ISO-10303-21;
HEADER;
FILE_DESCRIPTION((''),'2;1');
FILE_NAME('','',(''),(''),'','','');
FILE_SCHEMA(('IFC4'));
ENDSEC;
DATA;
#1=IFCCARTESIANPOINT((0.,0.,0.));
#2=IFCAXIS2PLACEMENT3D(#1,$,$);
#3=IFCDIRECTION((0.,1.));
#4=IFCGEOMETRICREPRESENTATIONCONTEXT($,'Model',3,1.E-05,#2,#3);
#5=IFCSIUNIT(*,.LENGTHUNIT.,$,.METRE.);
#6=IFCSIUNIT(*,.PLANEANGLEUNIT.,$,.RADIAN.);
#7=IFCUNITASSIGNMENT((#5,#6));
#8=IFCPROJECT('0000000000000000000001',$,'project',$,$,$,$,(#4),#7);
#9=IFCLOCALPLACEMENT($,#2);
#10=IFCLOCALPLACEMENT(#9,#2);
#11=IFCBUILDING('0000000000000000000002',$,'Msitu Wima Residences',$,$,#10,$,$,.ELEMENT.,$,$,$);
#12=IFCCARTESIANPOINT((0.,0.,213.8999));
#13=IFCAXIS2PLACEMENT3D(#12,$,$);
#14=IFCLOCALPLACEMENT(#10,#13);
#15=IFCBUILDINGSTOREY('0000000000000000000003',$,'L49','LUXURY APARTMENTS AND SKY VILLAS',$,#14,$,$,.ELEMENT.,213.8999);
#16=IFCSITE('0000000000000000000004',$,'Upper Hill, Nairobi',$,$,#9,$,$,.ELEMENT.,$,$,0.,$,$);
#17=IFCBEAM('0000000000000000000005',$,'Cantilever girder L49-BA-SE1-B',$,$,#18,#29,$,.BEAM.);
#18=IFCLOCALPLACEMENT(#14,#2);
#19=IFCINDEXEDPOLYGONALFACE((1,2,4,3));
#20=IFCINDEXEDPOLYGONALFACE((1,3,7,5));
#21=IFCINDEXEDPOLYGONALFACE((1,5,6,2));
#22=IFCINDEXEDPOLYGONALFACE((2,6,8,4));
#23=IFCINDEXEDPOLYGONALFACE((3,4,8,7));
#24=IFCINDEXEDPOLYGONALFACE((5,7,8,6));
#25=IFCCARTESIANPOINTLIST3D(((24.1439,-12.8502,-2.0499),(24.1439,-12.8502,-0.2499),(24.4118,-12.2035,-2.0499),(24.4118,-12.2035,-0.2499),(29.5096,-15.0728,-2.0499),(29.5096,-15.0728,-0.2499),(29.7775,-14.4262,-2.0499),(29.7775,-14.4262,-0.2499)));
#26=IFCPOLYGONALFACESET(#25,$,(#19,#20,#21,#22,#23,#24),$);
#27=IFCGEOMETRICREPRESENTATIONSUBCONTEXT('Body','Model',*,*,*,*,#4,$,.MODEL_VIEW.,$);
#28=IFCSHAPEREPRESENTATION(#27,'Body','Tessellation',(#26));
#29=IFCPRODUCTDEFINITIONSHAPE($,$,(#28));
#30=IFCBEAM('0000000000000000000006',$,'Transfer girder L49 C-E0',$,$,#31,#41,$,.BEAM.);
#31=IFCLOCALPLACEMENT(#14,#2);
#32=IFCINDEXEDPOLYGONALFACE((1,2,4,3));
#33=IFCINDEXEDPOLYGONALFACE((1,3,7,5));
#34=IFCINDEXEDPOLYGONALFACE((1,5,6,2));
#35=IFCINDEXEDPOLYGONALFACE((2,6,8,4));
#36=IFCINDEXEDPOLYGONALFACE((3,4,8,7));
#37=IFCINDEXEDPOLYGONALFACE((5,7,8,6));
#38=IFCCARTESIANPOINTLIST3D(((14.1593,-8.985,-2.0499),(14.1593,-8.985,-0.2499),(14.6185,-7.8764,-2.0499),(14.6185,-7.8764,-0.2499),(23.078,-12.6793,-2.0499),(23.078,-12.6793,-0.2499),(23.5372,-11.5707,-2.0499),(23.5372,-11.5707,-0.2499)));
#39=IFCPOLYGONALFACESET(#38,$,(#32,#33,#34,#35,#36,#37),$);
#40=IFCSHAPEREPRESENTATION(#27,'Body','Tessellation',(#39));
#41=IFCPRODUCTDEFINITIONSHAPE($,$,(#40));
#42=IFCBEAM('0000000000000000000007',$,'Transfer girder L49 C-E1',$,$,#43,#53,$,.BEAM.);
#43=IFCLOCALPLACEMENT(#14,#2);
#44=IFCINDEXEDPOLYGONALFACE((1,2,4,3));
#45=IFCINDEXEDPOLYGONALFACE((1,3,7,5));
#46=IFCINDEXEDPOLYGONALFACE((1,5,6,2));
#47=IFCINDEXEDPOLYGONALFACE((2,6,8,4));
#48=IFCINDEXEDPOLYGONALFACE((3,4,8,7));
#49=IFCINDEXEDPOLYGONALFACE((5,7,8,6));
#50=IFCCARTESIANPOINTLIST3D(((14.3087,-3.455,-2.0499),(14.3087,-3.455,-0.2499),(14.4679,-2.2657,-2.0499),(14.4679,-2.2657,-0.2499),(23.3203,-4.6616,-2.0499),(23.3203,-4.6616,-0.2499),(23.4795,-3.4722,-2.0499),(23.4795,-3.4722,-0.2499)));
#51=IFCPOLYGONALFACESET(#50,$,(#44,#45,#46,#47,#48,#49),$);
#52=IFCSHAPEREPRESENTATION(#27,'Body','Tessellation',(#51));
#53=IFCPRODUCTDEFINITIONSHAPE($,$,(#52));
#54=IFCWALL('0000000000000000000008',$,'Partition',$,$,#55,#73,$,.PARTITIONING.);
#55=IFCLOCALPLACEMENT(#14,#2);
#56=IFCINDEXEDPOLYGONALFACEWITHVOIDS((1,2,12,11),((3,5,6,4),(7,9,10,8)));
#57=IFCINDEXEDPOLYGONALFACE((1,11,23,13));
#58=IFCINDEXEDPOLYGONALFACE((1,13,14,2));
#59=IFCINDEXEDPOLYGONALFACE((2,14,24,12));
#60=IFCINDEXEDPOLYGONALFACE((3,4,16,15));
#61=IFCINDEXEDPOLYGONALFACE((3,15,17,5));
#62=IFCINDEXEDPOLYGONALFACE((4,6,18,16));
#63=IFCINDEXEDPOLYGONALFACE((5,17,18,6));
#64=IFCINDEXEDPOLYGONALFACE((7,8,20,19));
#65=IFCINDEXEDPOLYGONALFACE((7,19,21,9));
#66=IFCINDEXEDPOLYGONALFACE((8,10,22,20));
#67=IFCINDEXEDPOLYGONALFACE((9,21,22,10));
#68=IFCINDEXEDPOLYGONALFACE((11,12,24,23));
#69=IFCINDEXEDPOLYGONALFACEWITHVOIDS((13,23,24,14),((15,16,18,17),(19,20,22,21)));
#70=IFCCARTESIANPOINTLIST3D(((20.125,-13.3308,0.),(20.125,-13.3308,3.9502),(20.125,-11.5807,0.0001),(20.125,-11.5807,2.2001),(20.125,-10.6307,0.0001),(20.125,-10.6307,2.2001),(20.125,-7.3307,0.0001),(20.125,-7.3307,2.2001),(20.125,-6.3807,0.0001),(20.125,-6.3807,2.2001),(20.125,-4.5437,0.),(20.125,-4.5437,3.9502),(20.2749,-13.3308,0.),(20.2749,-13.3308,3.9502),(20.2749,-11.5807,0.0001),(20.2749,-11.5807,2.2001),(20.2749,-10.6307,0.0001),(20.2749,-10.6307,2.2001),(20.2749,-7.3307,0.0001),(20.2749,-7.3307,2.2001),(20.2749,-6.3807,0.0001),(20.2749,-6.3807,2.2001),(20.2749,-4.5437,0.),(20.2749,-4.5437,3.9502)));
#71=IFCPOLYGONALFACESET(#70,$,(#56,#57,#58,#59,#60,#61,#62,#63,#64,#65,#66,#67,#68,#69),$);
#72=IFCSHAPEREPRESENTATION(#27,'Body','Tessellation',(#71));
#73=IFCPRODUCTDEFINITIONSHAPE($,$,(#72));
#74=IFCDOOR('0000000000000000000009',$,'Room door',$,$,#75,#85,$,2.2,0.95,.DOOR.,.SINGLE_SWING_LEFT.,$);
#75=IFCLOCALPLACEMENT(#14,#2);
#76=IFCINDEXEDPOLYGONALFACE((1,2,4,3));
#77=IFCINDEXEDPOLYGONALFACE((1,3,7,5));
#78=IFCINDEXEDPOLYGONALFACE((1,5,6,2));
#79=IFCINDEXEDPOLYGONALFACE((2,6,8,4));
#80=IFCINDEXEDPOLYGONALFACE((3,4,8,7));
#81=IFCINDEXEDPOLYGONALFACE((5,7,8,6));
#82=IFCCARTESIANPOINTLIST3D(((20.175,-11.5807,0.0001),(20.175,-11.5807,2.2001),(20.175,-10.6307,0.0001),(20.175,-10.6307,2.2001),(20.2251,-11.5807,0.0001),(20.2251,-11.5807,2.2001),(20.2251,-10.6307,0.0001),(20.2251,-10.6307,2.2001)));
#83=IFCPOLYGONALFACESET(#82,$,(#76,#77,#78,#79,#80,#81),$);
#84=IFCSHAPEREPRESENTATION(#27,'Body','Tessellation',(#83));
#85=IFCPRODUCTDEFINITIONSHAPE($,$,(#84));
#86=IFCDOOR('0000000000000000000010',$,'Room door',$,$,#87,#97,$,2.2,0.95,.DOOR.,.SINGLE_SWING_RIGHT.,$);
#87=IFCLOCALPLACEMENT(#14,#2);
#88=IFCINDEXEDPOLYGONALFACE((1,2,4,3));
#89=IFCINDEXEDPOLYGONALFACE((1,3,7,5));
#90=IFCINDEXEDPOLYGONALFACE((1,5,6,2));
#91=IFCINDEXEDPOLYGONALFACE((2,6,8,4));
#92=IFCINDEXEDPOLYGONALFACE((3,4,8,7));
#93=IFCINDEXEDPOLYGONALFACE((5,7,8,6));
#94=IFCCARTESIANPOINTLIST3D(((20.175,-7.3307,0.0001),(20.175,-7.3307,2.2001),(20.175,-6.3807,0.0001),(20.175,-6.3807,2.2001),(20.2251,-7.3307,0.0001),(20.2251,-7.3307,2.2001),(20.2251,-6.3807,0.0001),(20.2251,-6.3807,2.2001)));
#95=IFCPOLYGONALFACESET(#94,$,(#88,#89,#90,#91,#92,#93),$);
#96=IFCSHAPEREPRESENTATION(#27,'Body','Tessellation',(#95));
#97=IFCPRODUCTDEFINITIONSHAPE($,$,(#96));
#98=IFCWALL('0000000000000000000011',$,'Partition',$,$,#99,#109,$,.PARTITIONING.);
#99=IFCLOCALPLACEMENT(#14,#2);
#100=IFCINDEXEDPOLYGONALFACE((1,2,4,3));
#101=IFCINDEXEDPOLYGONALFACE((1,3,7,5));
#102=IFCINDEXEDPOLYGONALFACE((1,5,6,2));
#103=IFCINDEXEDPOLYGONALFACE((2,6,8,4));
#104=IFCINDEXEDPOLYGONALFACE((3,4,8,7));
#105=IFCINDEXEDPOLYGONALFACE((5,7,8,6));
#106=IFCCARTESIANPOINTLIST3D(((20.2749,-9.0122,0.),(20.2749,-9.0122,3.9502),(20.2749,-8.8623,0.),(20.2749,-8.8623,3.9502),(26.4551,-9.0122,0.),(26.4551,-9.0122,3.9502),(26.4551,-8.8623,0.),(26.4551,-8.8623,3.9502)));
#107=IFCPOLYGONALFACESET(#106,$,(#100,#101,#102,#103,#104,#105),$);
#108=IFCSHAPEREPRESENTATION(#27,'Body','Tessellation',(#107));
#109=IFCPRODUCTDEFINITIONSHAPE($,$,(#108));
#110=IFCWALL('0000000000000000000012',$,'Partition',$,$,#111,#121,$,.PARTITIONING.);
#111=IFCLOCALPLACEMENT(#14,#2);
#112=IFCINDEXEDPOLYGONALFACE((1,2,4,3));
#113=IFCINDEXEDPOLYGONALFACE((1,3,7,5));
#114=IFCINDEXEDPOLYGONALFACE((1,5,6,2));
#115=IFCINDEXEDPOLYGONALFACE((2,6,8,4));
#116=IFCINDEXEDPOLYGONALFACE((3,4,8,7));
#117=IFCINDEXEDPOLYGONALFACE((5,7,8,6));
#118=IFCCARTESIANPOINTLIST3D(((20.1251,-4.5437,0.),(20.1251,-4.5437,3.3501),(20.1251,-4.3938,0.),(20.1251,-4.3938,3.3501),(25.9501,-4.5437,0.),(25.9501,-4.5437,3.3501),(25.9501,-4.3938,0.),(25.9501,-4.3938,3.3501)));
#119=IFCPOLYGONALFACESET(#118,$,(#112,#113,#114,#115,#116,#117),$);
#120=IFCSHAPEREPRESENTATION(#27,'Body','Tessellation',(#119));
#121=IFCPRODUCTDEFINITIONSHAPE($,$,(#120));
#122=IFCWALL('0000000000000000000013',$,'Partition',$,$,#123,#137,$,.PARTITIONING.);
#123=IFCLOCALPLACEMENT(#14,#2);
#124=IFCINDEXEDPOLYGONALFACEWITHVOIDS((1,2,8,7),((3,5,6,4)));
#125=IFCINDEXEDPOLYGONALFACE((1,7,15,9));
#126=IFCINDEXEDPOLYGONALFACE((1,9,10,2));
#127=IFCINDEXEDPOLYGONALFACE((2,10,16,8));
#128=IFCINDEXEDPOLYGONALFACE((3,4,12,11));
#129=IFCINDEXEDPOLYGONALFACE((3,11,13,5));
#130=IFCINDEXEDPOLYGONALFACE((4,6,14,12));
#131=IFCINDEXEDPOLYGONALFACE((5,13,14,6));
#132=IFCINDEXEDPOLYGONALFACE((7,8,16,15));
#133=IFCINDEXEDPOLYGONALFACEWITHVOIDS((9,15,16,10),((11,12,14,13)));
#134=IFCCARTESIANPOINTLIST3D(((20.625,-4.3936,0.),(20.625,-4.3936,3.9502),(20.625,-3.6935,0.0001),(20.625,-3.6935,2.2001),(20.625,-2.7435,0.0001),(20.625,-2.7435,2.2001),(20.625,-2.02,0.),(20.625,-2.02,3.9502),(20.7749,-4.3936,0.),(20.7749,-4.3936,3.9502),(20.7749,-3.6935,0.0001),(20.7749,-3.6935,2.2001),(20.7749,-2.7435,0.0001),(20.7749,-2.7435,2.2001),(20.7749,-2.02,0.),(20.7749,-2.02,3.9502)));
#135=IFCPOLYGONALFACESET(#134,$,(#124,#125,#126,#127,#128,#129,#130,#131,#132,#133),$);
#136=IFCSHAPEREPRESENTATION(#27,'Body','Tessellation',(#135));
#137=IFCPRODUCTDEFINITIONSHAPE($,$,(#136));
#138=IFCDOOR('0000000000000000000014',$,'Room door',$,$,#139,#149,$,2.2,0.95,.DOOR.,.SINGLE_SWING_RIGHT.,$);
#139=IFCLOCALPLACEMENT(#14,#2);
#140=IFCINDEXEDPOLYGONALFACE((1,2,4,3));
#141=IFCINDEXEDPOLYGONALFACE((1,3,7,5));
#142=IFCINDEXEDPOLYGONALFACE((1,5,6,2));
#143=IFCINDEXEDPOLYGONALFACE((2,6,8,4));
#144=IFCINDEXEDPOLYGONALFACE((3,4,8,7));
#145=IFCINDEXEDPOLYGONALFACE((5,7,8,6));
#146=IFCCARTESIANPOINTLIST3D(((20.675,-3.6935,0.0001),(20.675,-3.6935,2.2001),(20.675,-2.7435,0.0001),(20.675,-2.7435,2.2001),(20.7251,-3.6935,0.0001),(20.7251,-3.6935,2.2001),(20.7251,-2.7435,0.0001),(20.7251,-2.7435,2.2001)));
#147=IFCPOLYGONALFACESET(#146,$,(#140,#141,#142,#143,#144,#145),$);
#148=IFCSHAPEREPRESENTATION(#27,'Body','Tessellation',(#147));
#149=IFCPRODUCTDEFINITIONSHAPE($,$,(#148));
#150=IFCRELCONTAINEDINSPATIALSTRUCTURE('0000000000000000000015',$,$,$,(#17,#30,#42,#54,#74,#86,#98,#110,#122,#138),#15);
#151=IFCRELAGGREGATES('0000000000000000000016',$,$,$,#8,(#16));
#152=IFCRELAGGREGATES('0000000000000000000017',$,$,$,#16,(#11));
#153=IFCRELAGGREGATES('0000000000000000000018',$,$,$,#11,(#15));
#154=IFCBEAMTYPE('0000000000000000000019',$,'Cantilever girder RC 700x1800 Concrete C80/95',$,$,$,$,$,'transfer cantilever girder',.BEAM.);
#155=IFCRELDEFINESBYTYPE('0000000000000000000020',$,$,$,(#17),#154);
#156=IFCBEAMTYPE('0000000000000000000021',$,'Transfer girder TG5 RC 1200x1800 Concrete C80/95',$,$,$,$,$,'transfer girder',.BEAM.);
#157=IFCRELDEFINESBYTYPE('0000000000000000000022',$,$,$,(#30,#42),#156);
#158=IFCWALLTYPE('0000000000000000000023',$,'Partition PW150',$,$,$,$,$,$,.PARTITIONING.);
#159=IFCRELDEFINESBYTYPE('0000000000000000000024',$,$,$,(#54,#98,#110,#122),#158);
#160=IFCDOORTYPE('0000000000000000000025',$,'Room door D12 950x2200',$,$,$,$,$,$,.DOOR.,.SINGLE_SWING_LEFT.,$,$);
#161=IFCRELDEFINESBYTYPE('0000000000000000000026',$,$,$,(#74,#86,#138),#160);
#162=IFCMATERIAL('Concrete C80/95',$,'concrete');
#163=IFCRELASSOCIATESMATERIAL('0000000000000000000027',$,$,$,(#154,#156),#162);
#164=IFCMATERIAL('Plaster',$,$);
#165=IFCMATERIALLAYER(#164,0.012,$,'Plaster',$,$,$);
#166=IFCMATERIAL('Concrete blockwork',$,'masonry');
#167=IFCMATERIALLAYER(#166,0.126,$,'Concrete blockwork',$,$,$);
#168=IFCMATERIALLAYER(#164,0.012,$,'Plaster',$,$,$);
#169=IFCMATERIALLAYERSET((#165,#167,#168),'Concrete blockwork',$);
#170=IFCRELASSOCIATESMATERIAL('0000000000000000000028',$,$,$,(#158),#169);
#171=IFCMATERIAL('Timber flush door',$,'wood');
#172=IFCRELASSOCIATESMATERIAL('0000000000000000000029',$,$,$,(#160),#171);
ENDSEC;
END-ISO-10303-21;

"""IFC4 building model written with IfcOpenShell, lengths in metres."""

from ifc_helpers import new_model, si_unit, direction, frame, frame_2d, origin, origin_2d, place, context, subcontext, project, spatial, rectangle, extrude, material, layer, layer_set, material_profile, profile_set, type_object, element, fill, save


model = new_model("IFC4")

# Units and contexts
model_context = context("Model", 3, precision=1e-05, world=origin(), true_north=direction((0.0, 1.0)))
body_context = subcontext(model_context, "Body", "Model", "MODEL_VIEW")
ifc_project = project(units=[si_unit("LENGTHUNIT", "METRE"), si_unit("PLANEANGLEUNIT", "RADIAN")], contexts=[model_context])

# Site, building, storey
site_placement = place(None, origin())
site = spatial("IfcSite", under=ifc_project, at=site_placement, Name="Upper Hill, Nairobi", CompositionType="ELEMENT", RefElevation=0.0)
building_placement = place(site_placement, origin())
building = spatial("IfcBuilding", under=site, at=building_placement, Name="Msitu Wima Residences", CompositionType="ELEMENT")
storey_placement = place(building_placement, frame((0.0, 0.0, 213.8999)))
storey = spatial("IfcBuildingStorey", under=building, at=storey_placement, Name="L49", Description="LUXURY APARTMENTS AND SKY VILLAS", CompositionType="ELEMENT", Elevation=213.8999)

# Beams
ifc_material_1 = material(Name="Concrete C80/95", Category="concrete")
ifc_material_profile_1 = material_profile(ifc_material_1, rectangle(XDim=0.7, YDim=1.8, at=origin_2d()), Name="RC 700x1800")
ifc_profile_set_1 = profile_set([ifc_material_profile_1], Name="Concrete C80/95")
beam_type_1 = type_object("IfcBeamType", Name="Cantilever girder RC 700x1800 Concrete C80/95", ElementType="transfer cantilever girder", PredefinedType="BEAM", material=ifc_profile_set_1)
beam_1_placement = place(storey_placement, frame((24.2778, -12.5269, -1.1499), z_axis=(0.923873, -0.382698, 0.0), x_axis=(0.382698, 0.923873, 0.0)))
element("IfcBeam", 1, at=beam_1_placement, inside=storey, type_object=beam_type_1, Name="Cantilever girder L49-BA-SE1-B", PredefinedType="BEAM", context=body_context, shape_type="SweptSolid", body=[
    extrude(rectangle(XDim=0.7, YDim=1.8, at=origin_2d()), origin(), (0.0, 0.0, 1.0), 5.8079),
])
ifc_material_profile_2 = material_profile(ifc_material_1, rectangle(XDim=1.2, YDim=1.8, at=origin_2d()), Name="RC 1200x1800")
ifc_profile_set_2 = profile_set([ifc_material_profile_2], Name="Concrete C80/95")
beam_type_2 = type_object("IfcBeamType", Name="Transfer girder TG5 RC 1200x1800 Concrete C80/95", ElementType="transfer girder", PredefinedType="BEAM", material=ifc_profile_set_2)
beam_2_placement = place(storey_placement, frame((23.3076, -12.125, -1.1499), z_axis=(-0.923876, 0.382691, 0.0), x_axis=(-0.382691, -0.923876, 0.0)))
element("IfcBeam", 2, at=beam_2_placement, inside=storey, type_object=beam_type_2, Name="Transfer girder L49 C-E0", PredefinedType="BEAM", context=body_context, shape_type="SweptSolid", body=[
    extrude(rectangle(XDim=1.2, YDim=1.8, at=origin_2d()), origin(), (0.0, 0.0, 1.0), 9.6536),
])
beam_3_placement = place(storey_placement, frame((23.3999, -4.0669, -1.1499), z_axis=(-0.991156, 0.132702, 0.0), x_axis=(-0.132702, -0.991156, 0.0)))
element("IfcBeam", 3, at=beam_3_placement, inside=storey, type_object=beam_type_2, Name="Transfer girder L49 C-E1", PredefinedType="BEAM", context=body_context, shape_type="SweptSolid", body=[
    extrude(rectangle(XDim=1.2, YDim=1.8, at=origin_2d()), origin(), (0.0, 0.0, 1.0), 9.092),
])

# Wall, openings, doors
ifc_material_2 = material(Name="Plaster")
ifc_layer_1 = layer(ifc_material_2, 0.012, Name="Plaster")
ifc_material_3 = material(Name="Concrete blockwork", Category="masonry")
ifc_layer_2 = layer(ifc_material_3, 0.126, Name="Concrete blockwork")
ifc_layer_3 = layer(ifc_material_2, 0.012, Name="Plaster")
ifc_layer_set_1 = layer_set([ifc_layer_1, ifc_layer_2, ifc_layer_3], Name="Concrete blockwork")
wall_type_1 = type_object("IfcWallType", Name="Partition PW150", PredefinedType="PARTITIONING", material=ifc_layer_set_1)
wall_1_placement = place(storey_placement, frame((20.2, -13.3308, 0.0), z_axis=(0.0, 0.0, 1.0), x_axis=(0.0, 1.0, 0.0)))
wall_1 = element("IfcWall", 4, at=wall_1_placement, inside=storey, type_object=wall_type_1, Name="Partition", PredefinedType="PARTITIONING", context=body_context, shape_type="SweptSolid", body=[
    extrude(rectangle(XDim=8.7871, YDim=0.1499, at=frame_2d((4.3936, 0.0))), origin(), (0.0, 0.0, 1.0), 3.9502),
])
opening_1_placement = place(wall_1_placement, frame((1.75, 0.0, 0.0)))
opening_1 = element("IfcOpeningElement", 5, at=opening_1_placement, cuts=wall_1, PredefinedType="OPENING", context=body_context, shape_type="SweptSolid", body=[
    extrude(rectangle(XDim=0.95, YDim=2.2, at=frame_2d((0.4751, 1.1001))), frame((0.0, 0.085, 0.0), z_axis=(0.0, -1.0, 0.0), x_axis=(1.0, 0.0, 0.0)), (0.0, 0.0, 1.0), 0.1699),
])
opening_2_placement = place(wall_1_placement, frame((6.0, 0.0, 0.0)))
opening_2 = element("IfcOpeningElement", 6, at=opening_2_placement, cuts=wall_1, PredefinedType="OPENING", context=body_context, shape_type="SweptSolid", body=[
    extrude(rectangle(XDim=0.95, YDim=2.2, at=frame_2d((0.4751, 1.1001))), frame((0.0, 0.085, 0.0), z_axis=(0.0, -1.0, 0.0), x_axis=(1.0, 0.0, 0.0)), (0.0, 0.0, 1.0), 0.1699),
])
ifc_material_4 = material(Name="Timber flush door", Category="wood")
door_type_1 = type_object("IfcDoorType", Name="Room door D12 950x2200", OperationType="SINGLE_SWING_LEFT", PredefinedType="DOOR", material=ifc_material_4)
door_1_placement = place(opening_1_placement, origin())
door_1 = element("IfcDoor", 7, at=door_1_placement, inside=storey, type_object=door_type_1, Name="Room door", OperationType="SINGLE_SWING_LEFT", OverallHeight=2.2, OverallWidth=0.95, PredefinedType="DOOR", context=body_context, shape_type="SweptSolid", body=[
    extrude(rectangle(XDim=0.95, YDim=2.2, at=frame_2d((0.4751, 1.1001))), frame((0.0, 0.0249, 0.0), z_axis=(0.0, -1.0, 0.0), x_axis=(1.0, 0.0, 0.0)), (0.0, 0.0, 1.0), 0.05),
])
fill(opening_1, door_1)
door_2_placement = place(opening_2_placement, origin())
door_2 = element("IfcDoor", 8, at=door_2_placement, inside=storey, type_object=door_type_1, Name="Room door", OperationType="SINGLE_SWING_RIGHT", OverallHeight=2.2, OverallWidth=0.95, PredefinedType="DOOR", context=body_context, shape_type="SweptSolid", body=[
    extrude(rectangle(XDim=0.95, YDim=2.2, at=frame_2d((0.4751, 1.1001))), frame((0.0, 0.0249, 0.0), z_axis=(0.0, -1.0, 0.0), x_axis=(1.0, 0.0, 0.0)), (0.0, 0.0, 1.0), 0.05),
])
fill(opening_2, door_2)

# Walls
wall_2_placement = place(storey_placement, frame((20.2749, -8.9373, 0.0), z_axis=(0.0, 0.0, 1.0), x_axis=(1.0, 0.0, 0.0)))
element("IfcWall", 9, at=wall_2_placement, inside=storey, type_object=wall_type_1, Name="Partition", PredefinedType="PARTITIONING", context=body_context, shape_type="SweptSolid", body=[
    extrude(rectangle(XDim=6.1802, YDim=0.1499, at=frame_2d((3.0901, 0.0))), origin(), (0.0, 0.0, 1.0), 3.9502),
])
wall_3_placement = place(storey_placement, frame((20.125, -4.4688, 0.0), z_axis=(0.0, 0.0, 1.0), x_axis=(1.0, 0.0, 0.0)))
element("IfcWall", 10, at=wall_3_placement, inside=storey, type_object=wall_type_1, Name="Partition", PredefinedType="PARTITIONING", context=body_context, shape_type="SweptSolid", body=[
    extrude(rectangle(XDim=5.825, YDim=0.1499, at=frame_2d((2.9126, 0.0))), origin(), (0.0, 0.0, 1.0), 3.3501),
])

# Wall, opening, door
wall_4_placement = place(storey_placement, frame((20.7, -4.3936, 0.0), z_axis=(0.0, 0.0, 1.0), x_axis=(0.0, 1.0, 0.0)))
wall_4 = element("IfcWall", 11, at=wall_4_placement, inside=storey, type_object=wall_type_1, Name="Partition", PredefinedType="PARTITIONING", context=body_context, shape_type="SweptSolid", body=[
    extrude(rectangle(XDim=2.3735, YDim=0.1499, at=frame_2d((1.1868, 0.0))), origin(), (0.0, 0.0, 1.0), 3.9502),
])
opening_3_placement = place(wall_4_placement, frame((0.7, 0.0, 0.0)))
opening_3 = element("IfcOpeningElement", 12, at=opening_3_placement, cuts=wall_4, PredefinedType="OPENING", context=body_context, shape_type="SweptSolid", body=[
    extrude(rectangle(XDim=0.95, YDim=2.2, at=frame_2d((0.4751, 1.1001))), frame((0.0, 0.085, 0.0), z_axis=(0.0, -1.0, 0.0), x_axis=(1.0, 0.0, 0.0)), (0.0, 0.0, 1.0), 0.1699),
])
door_3_placement = place(opening_3_placement, origin())
door_3 = element("IfcDoor", 13, at=door_3_placement, inside=storey, type_object=door_type_1, Name="Room door", OperationType="SINGLE_SWING_RIGHT", OverallHeight=2.2, OverallWidth=0.95, PredefinedType="DOOR", context=body_context, shape_type="SweptSolid", body=[
    extrude(rectangle(XDim=0.95, YDim=2.2, at=frame_2d((0.4751, 1.1001))), frame((0.0, 0.0249, 0.0), z_axis=(0.0, -1.0, 0.0), x_axis=(1.0, 0.0, 0.0)), (0.0, 0.0, 1.0), 0.05),
])
fill(opening_3, door_3)

save(model, "model.ifc")
